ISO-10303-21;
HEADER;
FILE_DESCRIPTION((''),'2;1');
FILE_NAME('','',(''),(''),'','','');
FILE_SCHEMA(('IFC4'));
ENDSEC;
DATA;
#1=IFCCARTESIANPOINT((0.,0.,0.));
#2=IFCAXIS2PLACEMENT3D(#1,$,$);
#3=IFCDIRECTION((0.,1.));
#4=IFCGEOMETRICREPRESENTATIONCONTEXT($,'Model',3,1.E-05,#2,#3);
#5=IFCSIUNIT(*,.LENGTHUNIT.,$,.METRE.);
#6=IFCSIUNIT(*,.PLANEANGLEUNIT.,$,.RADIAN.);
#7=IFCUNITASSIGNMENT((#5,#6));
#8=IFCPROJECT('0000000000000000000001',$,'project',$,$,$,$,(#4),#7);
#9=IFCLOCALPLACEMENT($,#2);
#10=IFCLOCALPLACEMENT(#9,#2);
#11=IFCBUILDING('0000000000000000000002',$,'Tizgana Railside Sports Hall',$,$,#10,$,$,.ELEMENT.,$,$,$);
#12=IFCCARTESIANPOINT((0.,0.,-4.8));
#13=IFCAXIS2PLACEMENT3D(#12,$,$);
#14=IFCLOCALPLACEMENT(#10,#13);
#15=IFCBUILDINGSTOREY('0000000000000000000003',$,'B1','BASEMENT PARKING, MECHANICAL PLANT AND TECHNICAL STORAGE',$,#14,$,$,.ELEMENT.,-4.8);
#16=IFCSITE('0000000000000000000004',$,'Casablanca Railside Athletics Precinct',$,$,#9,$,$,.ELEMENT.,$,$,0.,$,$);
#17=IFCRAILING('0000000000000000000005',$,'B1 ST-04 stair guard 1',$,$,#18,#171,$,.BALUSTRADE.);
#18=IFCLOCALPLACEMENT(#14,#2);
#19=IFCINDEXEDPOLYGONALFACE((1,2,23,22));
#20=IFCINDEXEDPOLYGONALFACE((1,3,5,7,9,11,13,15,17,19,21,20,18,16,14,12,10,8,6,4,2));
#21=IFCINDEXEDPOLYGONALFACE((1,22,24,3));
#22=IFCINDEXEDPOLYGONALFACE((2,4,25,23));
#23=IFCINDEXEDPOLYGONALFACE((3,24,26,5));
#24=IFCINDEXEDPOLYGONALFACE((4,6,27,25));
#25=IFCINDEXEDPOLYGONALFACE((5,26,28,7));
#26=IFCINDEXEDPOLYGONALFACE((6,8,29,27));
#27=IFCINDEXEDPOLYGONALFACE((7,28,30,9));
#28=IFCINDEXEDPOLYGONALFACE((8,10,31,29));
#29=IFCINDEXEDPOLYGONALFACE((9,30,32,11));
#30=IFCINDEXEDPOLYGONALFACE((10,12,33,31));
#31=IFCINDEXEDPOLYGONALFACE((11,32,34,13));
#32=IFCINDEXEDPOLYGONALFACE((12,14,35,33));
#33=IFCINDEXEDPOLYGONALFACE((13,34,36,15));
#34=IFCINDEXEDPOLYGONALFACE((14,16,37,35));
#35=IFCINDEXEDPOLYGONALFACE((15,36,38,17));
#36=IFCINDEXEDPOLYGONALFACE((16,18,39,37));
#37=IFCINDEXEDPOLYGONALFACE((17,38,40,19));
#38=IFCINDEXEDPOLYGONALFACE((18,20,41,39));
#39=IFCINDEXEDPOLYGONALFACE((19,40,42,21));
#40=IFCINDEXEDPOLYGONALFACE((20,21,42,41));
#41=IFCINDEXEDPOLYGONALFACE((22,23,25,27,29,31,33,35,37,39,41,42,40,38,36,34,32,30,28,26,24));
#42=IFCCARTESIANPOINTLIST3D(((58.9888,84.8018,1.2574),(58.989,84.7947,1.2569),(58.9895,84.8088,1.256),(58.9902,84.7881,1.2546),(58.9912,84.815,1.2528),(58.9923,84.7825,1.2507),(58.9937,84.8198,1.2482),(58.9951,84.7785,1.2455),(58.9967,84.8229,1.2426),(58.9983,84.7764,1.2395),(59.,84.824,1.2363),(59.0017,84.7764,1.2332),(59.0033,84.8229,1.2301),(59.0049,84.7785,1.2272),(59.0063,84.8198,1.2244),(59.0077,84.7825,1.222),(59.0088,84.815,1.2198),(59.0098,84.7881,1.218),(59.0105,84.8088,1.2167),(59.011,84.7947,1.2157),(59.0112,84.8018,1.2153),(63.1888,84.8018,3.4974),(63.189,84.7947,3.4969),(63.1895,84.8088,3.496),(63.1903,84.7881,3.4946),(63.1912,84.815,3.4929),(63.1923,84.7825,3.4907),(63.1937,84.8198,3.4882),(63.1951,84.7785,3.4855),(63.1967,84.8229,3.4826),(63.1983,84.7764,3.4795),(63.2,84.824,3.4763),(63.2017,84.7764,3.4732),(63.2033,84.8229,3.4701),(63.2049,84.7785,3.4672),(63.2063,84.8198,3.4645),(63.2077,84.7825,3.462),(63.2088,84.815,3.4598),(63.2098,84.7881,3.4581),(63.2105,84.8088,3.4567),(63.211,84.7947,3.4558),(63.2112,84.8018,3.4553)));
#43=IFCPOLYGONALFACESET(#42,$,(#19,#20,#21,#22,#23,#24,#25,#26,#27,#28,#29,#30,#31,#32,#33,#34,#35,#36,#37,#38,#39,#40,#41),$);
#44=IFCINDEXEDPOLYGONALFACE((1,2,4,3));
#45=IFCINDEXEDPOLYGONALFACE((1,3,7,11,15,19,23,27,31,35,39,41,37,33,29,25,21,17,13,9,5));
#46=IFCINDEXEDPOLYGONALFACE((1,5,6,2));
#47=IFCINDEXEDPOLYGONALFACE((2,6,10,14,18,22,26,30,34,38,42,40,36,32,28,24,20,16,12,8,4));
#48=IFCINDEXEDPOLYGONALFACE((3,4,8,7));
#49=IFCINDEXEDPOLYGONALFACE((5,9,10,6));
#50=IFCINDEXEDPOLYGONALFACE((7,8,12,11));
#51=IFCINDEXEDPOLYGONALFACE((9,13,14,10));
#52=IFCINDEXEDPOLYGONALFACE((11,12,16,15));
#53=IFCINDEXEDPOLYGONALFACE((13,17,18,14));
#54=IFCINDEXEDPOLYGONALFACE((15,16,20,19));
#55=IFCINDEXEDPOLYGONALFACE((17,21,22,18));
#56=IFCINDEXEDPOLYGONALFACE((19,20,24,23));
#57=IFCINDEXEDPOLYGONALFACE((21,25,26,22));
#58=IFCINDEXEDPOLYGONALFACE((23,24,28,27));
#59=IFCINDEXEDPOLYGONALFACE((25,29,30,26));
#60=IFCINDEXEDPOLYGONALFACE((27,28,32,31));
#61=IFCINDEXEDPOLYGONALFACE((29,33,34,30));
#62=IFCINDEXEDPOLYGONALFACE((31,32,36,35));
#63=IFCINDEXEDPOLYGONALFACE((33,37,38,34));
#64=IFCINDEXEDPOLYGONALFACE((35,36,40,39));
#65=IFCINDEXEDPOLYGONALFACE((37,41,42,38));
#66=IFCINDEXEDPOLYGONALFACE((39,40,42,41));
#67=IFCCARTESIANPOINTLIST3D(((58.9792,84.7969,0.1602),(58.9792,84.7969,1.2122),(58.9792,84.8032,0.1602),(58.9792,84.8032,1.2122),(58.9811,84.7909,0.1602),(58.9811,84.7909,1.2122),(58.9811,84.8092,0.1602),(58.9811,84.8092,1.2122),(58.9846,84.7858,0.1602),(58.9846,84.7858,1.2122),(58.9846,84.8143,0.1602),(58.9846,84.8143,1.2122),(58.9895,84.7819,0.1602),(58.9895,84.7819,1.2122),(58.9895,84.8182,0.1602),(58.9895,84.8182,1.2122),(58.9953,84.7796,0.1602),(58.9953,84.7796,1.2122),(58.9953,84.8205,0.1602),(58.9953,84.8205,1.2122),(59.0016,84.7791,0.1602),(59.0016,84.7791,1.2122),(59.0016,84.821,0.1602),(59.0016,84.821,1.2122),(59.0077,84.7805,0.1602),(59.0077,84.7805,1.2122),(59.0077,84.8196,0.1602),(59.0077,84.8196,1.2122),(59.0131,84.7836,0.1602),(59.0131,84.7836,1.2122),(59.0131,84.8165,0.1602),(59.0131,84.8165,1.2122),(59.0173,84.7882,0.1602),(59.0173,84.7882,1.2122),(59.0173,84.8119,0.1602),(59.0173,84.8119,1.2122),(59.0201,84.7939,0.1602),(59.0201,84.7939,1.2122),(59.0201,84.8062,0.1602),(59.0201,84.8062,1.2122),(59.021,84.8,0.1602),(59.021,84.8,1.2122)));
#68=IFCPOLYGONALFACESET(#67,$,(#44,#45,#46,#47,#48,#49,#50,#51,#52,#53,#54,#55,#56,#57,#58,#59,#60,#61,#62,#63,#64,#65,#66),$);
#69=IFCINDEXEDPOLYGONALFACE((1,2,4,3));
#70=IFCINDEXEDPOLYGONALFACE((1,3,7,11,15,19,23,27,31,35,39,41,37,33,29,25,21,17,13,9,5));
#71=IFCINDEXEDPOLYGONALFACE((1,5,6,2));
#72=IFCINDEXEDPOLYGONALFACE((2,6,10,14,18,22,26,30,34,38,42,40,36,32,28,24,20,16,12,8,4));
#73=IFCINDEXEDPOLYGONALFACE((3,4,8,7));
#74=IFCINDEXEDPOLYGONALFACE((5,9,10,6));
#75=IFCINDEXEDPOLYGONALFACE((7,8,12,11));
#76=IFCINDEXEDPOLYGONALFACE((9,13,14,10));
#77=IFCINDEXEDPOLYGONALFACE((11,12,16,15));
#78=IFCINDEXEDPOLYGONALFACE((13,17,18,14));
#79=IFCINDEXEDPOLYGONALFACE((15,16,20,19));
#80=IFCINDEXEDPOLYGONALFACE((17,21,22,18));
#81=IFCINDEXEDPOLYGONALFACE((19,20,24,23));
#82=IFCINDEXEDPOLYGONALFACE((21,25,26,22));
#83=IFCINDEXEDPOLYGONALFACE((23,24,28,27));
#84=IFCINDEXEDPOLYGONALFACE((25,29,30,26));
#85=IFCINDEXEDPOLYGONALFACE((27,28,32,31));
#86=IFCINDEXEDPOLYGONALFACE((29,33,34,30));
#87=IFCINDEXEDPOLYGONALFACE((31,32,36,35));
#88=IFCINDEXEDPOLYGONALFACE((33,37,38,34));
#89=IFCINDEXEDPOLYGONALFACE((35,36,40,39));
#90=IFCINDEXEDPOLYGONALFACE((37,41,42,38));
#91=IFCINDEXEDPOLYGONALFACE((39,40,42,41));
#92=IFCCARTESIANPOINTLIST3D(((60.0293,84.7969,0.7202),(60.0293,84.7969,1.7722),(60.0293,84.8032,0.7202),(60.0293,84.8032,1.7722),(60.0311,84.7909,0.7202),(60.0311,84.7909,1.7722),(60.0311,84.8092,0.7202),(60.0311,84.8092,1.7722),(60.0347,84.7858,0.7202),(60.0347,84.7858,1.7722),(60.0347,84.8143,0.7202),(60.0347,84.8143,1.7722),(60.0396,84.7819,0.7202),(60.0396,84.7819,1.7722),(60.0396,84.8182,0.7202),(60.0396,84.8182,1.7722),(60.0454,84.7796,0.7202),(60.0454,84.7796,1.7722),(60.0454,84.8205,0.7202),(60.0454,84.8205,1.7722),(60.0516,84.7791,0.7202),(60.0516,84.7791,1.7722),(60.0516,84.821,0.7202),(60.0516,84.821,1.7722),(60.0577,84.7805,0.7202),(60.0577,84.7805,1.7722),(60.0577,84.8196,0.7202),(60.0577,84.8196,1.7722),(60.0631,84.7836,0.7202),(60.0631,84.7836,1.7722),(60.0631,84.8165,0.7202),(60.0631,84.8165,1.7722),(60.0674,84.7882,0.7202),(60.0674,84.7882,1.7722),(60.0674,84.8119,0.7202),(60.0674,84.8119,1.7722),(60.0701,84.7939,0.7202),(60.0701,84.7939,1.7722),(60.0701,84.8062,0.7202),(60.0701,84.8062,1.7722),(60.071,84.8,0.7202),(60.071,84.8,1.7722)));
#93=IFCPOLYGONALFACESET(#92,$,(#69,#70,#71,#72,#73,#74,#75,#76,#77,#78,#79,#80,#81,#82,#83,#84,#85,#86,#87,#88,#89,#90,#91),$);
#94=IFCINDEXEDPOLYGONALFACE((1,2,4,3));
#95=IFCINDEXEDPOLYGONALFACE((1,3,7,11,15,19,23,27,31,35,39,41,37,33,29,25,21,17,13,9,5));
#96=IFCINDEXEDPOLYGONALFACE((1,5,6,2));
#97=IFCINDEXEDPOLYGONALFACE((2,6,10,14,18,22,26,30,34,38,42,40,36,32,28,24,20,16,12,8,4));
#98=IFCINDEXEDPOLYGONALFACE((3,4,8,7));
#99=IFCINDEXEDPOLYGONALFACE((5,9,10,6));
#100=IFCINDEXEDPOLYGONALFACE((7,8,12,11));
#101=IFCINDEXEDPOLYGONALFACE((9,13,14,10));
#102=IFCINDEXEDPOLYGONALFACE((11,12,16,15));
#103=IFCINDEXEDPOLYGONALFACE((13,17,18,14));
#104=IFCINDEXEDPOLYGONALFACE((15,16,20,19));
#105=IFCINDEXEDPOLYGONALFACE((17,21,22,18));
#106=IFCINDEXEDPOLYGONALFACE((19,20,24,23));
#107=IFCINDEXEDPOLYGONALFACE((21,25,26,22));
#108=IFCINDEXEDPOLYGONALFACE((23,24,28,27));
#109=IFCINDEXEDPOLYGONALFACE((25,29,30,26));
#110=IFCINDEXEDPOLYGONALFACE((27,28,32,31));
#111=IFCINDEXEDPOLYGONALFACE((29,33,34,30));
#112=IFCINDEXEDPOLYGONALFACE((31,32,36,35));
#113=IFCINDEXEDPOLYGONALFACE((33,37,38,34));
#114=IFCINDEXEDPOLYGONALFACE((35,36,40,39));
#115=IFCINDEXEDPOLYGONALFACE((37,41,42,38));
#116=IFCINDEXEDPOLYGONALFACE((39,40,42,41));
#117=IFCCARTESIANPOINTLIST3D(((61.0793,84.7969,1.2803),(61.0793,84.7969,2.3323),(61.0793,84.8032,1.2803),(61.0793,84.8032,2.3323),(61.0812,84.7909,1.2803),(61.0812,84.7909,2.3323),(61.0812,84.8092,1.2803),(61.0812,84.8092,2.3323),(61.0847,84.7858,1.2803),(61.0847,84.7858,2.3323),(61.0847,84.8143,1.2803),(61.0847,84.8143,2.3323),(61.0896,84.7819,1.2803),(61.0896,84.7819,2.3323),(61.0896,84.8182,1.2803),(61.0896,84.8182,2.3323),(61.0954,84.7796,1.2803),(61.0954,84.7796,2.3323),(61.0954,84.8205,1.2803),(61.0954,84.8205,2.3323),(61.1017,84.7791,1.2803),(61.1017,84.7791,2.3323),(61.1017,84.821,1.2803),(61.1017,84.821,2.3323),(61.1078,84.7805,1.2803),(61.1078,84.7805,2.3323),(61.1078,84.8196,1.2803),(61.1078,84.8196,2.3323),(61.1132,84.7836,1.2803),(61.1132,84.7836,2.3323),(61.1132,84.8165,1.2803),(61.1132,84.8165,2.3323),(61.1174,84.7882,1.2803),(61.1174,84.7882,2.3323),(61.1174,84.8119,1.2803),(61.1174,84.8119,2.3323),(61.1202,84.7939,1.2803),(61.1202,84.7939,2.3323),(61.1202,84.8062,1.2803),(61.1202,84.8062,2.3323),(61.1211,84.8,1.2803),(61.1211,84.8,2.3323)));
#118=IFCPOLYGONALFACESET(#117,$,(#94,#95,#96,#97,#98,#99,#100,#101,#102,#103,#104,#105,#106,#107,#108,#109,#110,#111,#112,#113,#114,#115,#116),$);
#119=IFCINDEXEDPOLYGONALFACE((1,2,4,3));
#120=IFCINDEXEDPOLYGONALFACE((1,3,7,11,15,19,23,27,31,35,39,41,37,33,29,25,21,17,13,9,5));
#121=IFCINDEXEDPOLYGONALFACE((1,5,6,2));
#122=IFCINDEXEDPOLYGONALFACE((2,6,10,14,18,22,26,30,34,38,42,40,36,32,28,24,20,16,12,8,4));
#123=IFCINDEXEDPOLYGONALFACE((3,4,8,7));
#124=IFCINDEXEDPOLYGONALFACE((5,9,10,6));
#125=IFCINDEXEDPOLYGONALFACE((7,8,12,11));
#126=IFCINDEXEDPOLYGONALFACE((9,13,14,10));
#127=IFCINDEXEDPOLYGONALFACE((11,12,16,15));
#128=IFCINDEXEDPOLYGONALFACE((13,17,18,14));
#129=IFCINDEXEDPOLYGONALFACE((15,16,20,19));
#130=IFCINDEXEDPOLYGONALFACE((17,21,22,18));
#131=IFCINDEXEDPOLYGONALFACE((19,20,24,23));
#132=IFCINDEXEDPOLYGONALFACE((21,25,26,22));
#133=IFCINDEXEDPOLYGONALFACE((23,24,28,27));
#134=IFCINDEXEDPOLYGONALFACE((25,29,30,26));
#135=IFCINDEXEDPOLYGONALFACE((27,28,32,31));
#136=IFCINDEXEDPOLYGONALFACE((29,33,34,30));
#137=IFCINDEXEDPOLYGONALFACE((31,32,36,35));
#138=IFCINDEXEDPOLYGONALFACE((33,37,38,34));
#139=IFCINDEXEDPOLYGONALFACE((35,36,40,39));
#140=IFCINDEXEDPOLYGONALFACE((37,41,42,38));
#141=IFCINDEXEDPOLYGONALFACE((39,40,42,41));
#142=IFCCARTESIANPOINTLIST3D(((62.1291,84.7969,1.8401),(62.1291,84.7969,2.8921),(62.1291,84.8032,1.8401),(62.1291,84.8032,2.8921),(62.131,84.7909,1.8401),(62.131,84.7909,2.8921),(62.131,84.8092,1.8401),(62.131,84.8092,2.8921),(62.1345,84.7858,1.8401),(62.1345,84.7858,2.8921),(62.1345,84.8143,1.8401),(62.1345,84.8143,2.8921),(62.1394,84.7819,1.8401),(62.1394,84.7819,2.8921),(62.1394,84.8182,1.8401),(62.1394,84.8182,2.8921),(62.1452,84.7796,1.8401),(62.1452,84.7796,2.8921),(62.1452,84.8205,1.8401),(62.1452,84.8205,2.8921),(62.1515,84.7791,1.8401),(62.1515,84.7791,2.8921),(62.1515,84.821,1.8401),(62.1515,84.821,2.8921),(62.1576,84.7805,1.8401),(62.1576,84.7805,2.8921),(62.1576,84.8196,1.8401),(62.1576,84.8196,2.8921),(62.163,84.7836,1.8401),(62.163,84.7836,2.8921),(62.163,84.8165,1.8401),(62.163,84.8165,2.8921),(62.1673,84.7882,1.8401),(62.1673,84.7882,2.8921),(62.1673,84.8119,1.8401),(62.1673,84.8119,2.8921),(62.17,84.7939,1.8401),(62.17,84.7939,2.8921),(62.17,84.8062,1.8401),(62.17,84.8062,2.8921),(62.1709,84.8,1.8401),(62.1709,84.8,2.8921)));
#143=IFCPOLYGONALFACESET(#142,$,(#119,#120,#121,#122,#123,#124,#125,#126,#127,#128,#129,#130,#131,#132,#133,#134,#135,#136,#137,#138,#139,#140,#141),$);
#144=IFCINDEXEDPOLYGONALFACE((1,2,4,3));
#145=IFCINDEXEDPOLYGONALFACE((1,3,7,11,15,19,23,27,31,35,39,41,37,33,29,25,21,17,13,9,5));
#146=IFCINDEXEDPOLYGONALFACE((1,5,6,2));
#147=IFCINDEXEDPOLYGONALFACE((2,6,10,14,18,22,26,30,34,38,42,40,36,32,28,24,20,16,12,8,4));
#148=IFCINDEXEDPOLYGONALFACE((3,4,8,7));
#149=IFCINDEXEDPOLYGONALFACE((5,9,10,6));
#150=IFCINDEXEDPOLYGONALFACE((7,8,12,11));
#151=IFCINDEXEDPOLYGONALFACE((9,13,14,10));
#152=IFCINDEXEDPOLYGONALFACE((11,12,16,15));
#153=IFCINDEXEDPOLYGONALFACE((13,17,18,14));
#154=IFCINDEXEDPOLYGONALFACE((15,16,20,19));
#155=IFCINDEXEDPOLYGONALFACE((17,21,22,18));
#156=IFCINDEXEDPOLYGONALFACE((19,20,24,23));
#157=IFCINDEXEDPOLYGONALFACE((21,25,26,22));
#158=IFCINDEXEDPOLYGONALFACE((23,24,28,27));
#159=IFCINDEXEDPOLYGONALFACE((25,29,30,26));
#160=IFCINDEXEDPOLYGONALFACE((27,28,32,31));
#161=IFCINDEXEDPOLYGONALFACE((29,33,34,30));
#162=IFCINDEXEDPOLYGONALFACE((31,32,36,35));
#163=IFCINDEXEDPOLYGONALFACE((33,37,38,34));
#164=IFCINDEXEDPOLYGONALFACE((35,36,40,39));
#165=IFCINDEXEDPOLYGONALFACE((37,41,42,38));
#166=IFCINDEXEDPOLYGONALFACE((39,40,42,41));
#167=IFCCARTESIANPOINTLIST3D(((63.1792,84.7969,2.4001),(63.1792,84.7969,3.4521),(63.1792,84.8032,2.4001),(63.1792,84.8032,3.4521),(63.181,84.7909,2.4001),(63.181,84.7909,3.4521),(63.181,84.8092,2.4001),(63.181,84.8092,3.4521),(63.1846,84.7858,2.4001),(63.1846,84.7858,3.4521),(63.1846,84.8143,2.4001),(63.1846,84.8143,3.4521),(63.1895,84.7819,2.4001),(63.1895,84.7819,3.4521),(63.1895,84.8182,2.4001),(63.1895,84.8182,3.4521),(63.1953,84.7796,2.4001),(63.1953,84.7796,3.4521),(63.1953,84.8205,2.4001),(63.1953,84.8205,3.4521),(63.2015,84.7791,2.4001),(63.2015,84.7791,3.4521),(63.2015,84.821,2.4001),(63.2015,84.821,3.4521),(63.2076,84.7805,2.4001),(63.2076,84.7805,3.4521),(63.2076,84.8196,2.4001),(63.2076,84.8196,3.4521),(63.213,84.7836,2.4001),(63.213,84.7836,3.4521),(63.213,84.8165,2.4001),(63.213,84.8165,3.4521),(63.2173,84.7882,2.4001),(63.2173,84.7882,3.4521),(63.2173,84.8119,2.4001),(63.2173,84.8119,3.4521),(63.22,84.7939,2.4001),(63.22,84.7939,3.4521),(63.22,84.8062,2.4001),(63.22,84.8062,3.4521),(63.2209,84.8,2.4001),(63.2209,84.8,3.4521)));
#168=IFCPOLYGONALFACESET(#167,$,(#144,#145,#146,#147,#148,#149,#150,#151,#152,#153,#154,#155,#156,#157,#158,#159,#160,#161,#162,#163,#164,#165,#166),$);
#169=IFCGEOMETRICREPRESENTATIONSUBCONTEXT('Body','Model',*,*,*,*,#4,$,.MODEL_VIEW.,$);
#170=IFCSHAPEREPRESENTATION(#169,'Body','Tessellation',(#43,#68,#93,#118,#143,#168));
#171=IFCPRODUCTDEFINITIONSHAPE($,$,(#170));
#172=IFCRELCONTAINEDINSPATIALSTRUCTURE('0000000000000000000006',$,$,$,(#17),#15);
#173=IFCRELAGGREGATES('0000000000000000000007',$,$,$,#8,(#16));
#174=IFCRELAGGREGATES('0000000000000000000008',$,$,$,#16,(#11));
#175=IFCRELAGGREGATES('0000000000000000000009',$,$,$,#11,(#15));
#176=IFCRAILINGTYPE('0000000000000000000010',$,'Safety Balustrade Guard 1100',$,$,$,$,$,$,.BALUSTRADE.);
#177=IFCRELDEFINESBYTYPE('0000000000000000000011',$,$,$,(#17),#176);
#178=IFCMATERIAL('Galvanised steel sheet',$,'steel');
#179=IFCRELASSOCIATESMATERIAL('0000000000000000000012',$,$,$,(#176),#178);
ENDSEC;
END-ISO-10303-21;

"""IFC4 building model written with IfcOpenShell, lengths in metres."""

from ifc_helpers import new_model, si_unit, direction, frame, origin, origin_2d, place, context, subcontext, project, spatial, circle, extrude, material, type_object, element, save


model = new_model("IFC4")

# Units and contexts
model_context = context("Model", 3, precision=1e-05, world=origin(), true_north=direction((0.0, 1.0)))
body_context = subcontext(model_context, "Body", "Model", "MODEL_VIEW")
ifc_project = project(units=[si_unit("LENGTHUNIT", "METRE"), si_unit("PLANEANGLEUNIT", "RADIAN")], contexts=[model_context])

# Site, building, storey
site_placement = place(None, origin())
site = spatial("IfcSite", under=ifc_project, at=site_placement, Name="Casablanca Railside Athletics Precinct", CompositionType="ELEMENT", RefElevation=0.0)
building_placement = place(site_placement, origin())
building = spatial("IfcBuilding", under=site, at=building_placement, Name="Tizgana Railside Sports Hall", CompositionType="ELEMENT")
storey_placement = place(building_placement, frame((0.0, 0.0, -4.8)))
storey = spatial("IfcBuildingStorey", under=building, at=storey_placement, Name="B1", Description="BASEMENT PARKING, MECHANICAL PLANT AND TECHNICAL STORAGE", CompositionType="ELEMENT", Elevation=-4.8)

# Railing
ifc_material_1 = material(Name="Galvanised steel sheet", Category="steel")
railing_type_1 = type_object("IfcRailingType", Name="Safety Balustrade Guard 1100", PredefinedType="BALUSTRADE", material=ifc_material_1)
railing_1_placement = place(storey_placement, frame((59.0, 84.8, 0.1602)))
element("IfcRailing", 1, at=railing_1_placement, inside=storey, type_object=railing_type_1, Name="B1 ST-04 stair guard 1", PredefinedType="BALUSTRADE", context=body_context, shape_type="SweptSolid", body=[
    extrude(circle(Radius=0.0239, at=origin_2d()), frame((0.0, 0.0, 1.0762), z_axis=(0.882352, 0.0, 0.470591), x_axis=(0.0, 1.0, 0.0)), (0.0, 0.0, 1.0), 4.76),
    extrude(circle(Radius=0.021, at=origin_2d()), origin(), (0.0, 0.0, 1.0), 1.052),
    extrude(circle(Radius=0.021, at=origin_2d()), frame((1.05, 0.0, 0.5601)), (0.0, 0.0, 1.0), 1.052),
    extrude(circle(Radius=0.021, at=origin_2d()), frame((2.1001, 0.0, 1.1201)), (0.0, 0.0, 1.0), 1.052),
    extrude(circle(Radius=0.021, at=origin_2d()), frame((3.1499, 0.0, 1.6799)), (0.0, 0.0, 1.0), 1.052),
    extrude(circle(Radius=0.021, at=origin_2d()), frame((4.2, 0.0, 2.24)), (0.0, 0.0, 1.0), 1.052),
])

save(model, "model.ifc")
